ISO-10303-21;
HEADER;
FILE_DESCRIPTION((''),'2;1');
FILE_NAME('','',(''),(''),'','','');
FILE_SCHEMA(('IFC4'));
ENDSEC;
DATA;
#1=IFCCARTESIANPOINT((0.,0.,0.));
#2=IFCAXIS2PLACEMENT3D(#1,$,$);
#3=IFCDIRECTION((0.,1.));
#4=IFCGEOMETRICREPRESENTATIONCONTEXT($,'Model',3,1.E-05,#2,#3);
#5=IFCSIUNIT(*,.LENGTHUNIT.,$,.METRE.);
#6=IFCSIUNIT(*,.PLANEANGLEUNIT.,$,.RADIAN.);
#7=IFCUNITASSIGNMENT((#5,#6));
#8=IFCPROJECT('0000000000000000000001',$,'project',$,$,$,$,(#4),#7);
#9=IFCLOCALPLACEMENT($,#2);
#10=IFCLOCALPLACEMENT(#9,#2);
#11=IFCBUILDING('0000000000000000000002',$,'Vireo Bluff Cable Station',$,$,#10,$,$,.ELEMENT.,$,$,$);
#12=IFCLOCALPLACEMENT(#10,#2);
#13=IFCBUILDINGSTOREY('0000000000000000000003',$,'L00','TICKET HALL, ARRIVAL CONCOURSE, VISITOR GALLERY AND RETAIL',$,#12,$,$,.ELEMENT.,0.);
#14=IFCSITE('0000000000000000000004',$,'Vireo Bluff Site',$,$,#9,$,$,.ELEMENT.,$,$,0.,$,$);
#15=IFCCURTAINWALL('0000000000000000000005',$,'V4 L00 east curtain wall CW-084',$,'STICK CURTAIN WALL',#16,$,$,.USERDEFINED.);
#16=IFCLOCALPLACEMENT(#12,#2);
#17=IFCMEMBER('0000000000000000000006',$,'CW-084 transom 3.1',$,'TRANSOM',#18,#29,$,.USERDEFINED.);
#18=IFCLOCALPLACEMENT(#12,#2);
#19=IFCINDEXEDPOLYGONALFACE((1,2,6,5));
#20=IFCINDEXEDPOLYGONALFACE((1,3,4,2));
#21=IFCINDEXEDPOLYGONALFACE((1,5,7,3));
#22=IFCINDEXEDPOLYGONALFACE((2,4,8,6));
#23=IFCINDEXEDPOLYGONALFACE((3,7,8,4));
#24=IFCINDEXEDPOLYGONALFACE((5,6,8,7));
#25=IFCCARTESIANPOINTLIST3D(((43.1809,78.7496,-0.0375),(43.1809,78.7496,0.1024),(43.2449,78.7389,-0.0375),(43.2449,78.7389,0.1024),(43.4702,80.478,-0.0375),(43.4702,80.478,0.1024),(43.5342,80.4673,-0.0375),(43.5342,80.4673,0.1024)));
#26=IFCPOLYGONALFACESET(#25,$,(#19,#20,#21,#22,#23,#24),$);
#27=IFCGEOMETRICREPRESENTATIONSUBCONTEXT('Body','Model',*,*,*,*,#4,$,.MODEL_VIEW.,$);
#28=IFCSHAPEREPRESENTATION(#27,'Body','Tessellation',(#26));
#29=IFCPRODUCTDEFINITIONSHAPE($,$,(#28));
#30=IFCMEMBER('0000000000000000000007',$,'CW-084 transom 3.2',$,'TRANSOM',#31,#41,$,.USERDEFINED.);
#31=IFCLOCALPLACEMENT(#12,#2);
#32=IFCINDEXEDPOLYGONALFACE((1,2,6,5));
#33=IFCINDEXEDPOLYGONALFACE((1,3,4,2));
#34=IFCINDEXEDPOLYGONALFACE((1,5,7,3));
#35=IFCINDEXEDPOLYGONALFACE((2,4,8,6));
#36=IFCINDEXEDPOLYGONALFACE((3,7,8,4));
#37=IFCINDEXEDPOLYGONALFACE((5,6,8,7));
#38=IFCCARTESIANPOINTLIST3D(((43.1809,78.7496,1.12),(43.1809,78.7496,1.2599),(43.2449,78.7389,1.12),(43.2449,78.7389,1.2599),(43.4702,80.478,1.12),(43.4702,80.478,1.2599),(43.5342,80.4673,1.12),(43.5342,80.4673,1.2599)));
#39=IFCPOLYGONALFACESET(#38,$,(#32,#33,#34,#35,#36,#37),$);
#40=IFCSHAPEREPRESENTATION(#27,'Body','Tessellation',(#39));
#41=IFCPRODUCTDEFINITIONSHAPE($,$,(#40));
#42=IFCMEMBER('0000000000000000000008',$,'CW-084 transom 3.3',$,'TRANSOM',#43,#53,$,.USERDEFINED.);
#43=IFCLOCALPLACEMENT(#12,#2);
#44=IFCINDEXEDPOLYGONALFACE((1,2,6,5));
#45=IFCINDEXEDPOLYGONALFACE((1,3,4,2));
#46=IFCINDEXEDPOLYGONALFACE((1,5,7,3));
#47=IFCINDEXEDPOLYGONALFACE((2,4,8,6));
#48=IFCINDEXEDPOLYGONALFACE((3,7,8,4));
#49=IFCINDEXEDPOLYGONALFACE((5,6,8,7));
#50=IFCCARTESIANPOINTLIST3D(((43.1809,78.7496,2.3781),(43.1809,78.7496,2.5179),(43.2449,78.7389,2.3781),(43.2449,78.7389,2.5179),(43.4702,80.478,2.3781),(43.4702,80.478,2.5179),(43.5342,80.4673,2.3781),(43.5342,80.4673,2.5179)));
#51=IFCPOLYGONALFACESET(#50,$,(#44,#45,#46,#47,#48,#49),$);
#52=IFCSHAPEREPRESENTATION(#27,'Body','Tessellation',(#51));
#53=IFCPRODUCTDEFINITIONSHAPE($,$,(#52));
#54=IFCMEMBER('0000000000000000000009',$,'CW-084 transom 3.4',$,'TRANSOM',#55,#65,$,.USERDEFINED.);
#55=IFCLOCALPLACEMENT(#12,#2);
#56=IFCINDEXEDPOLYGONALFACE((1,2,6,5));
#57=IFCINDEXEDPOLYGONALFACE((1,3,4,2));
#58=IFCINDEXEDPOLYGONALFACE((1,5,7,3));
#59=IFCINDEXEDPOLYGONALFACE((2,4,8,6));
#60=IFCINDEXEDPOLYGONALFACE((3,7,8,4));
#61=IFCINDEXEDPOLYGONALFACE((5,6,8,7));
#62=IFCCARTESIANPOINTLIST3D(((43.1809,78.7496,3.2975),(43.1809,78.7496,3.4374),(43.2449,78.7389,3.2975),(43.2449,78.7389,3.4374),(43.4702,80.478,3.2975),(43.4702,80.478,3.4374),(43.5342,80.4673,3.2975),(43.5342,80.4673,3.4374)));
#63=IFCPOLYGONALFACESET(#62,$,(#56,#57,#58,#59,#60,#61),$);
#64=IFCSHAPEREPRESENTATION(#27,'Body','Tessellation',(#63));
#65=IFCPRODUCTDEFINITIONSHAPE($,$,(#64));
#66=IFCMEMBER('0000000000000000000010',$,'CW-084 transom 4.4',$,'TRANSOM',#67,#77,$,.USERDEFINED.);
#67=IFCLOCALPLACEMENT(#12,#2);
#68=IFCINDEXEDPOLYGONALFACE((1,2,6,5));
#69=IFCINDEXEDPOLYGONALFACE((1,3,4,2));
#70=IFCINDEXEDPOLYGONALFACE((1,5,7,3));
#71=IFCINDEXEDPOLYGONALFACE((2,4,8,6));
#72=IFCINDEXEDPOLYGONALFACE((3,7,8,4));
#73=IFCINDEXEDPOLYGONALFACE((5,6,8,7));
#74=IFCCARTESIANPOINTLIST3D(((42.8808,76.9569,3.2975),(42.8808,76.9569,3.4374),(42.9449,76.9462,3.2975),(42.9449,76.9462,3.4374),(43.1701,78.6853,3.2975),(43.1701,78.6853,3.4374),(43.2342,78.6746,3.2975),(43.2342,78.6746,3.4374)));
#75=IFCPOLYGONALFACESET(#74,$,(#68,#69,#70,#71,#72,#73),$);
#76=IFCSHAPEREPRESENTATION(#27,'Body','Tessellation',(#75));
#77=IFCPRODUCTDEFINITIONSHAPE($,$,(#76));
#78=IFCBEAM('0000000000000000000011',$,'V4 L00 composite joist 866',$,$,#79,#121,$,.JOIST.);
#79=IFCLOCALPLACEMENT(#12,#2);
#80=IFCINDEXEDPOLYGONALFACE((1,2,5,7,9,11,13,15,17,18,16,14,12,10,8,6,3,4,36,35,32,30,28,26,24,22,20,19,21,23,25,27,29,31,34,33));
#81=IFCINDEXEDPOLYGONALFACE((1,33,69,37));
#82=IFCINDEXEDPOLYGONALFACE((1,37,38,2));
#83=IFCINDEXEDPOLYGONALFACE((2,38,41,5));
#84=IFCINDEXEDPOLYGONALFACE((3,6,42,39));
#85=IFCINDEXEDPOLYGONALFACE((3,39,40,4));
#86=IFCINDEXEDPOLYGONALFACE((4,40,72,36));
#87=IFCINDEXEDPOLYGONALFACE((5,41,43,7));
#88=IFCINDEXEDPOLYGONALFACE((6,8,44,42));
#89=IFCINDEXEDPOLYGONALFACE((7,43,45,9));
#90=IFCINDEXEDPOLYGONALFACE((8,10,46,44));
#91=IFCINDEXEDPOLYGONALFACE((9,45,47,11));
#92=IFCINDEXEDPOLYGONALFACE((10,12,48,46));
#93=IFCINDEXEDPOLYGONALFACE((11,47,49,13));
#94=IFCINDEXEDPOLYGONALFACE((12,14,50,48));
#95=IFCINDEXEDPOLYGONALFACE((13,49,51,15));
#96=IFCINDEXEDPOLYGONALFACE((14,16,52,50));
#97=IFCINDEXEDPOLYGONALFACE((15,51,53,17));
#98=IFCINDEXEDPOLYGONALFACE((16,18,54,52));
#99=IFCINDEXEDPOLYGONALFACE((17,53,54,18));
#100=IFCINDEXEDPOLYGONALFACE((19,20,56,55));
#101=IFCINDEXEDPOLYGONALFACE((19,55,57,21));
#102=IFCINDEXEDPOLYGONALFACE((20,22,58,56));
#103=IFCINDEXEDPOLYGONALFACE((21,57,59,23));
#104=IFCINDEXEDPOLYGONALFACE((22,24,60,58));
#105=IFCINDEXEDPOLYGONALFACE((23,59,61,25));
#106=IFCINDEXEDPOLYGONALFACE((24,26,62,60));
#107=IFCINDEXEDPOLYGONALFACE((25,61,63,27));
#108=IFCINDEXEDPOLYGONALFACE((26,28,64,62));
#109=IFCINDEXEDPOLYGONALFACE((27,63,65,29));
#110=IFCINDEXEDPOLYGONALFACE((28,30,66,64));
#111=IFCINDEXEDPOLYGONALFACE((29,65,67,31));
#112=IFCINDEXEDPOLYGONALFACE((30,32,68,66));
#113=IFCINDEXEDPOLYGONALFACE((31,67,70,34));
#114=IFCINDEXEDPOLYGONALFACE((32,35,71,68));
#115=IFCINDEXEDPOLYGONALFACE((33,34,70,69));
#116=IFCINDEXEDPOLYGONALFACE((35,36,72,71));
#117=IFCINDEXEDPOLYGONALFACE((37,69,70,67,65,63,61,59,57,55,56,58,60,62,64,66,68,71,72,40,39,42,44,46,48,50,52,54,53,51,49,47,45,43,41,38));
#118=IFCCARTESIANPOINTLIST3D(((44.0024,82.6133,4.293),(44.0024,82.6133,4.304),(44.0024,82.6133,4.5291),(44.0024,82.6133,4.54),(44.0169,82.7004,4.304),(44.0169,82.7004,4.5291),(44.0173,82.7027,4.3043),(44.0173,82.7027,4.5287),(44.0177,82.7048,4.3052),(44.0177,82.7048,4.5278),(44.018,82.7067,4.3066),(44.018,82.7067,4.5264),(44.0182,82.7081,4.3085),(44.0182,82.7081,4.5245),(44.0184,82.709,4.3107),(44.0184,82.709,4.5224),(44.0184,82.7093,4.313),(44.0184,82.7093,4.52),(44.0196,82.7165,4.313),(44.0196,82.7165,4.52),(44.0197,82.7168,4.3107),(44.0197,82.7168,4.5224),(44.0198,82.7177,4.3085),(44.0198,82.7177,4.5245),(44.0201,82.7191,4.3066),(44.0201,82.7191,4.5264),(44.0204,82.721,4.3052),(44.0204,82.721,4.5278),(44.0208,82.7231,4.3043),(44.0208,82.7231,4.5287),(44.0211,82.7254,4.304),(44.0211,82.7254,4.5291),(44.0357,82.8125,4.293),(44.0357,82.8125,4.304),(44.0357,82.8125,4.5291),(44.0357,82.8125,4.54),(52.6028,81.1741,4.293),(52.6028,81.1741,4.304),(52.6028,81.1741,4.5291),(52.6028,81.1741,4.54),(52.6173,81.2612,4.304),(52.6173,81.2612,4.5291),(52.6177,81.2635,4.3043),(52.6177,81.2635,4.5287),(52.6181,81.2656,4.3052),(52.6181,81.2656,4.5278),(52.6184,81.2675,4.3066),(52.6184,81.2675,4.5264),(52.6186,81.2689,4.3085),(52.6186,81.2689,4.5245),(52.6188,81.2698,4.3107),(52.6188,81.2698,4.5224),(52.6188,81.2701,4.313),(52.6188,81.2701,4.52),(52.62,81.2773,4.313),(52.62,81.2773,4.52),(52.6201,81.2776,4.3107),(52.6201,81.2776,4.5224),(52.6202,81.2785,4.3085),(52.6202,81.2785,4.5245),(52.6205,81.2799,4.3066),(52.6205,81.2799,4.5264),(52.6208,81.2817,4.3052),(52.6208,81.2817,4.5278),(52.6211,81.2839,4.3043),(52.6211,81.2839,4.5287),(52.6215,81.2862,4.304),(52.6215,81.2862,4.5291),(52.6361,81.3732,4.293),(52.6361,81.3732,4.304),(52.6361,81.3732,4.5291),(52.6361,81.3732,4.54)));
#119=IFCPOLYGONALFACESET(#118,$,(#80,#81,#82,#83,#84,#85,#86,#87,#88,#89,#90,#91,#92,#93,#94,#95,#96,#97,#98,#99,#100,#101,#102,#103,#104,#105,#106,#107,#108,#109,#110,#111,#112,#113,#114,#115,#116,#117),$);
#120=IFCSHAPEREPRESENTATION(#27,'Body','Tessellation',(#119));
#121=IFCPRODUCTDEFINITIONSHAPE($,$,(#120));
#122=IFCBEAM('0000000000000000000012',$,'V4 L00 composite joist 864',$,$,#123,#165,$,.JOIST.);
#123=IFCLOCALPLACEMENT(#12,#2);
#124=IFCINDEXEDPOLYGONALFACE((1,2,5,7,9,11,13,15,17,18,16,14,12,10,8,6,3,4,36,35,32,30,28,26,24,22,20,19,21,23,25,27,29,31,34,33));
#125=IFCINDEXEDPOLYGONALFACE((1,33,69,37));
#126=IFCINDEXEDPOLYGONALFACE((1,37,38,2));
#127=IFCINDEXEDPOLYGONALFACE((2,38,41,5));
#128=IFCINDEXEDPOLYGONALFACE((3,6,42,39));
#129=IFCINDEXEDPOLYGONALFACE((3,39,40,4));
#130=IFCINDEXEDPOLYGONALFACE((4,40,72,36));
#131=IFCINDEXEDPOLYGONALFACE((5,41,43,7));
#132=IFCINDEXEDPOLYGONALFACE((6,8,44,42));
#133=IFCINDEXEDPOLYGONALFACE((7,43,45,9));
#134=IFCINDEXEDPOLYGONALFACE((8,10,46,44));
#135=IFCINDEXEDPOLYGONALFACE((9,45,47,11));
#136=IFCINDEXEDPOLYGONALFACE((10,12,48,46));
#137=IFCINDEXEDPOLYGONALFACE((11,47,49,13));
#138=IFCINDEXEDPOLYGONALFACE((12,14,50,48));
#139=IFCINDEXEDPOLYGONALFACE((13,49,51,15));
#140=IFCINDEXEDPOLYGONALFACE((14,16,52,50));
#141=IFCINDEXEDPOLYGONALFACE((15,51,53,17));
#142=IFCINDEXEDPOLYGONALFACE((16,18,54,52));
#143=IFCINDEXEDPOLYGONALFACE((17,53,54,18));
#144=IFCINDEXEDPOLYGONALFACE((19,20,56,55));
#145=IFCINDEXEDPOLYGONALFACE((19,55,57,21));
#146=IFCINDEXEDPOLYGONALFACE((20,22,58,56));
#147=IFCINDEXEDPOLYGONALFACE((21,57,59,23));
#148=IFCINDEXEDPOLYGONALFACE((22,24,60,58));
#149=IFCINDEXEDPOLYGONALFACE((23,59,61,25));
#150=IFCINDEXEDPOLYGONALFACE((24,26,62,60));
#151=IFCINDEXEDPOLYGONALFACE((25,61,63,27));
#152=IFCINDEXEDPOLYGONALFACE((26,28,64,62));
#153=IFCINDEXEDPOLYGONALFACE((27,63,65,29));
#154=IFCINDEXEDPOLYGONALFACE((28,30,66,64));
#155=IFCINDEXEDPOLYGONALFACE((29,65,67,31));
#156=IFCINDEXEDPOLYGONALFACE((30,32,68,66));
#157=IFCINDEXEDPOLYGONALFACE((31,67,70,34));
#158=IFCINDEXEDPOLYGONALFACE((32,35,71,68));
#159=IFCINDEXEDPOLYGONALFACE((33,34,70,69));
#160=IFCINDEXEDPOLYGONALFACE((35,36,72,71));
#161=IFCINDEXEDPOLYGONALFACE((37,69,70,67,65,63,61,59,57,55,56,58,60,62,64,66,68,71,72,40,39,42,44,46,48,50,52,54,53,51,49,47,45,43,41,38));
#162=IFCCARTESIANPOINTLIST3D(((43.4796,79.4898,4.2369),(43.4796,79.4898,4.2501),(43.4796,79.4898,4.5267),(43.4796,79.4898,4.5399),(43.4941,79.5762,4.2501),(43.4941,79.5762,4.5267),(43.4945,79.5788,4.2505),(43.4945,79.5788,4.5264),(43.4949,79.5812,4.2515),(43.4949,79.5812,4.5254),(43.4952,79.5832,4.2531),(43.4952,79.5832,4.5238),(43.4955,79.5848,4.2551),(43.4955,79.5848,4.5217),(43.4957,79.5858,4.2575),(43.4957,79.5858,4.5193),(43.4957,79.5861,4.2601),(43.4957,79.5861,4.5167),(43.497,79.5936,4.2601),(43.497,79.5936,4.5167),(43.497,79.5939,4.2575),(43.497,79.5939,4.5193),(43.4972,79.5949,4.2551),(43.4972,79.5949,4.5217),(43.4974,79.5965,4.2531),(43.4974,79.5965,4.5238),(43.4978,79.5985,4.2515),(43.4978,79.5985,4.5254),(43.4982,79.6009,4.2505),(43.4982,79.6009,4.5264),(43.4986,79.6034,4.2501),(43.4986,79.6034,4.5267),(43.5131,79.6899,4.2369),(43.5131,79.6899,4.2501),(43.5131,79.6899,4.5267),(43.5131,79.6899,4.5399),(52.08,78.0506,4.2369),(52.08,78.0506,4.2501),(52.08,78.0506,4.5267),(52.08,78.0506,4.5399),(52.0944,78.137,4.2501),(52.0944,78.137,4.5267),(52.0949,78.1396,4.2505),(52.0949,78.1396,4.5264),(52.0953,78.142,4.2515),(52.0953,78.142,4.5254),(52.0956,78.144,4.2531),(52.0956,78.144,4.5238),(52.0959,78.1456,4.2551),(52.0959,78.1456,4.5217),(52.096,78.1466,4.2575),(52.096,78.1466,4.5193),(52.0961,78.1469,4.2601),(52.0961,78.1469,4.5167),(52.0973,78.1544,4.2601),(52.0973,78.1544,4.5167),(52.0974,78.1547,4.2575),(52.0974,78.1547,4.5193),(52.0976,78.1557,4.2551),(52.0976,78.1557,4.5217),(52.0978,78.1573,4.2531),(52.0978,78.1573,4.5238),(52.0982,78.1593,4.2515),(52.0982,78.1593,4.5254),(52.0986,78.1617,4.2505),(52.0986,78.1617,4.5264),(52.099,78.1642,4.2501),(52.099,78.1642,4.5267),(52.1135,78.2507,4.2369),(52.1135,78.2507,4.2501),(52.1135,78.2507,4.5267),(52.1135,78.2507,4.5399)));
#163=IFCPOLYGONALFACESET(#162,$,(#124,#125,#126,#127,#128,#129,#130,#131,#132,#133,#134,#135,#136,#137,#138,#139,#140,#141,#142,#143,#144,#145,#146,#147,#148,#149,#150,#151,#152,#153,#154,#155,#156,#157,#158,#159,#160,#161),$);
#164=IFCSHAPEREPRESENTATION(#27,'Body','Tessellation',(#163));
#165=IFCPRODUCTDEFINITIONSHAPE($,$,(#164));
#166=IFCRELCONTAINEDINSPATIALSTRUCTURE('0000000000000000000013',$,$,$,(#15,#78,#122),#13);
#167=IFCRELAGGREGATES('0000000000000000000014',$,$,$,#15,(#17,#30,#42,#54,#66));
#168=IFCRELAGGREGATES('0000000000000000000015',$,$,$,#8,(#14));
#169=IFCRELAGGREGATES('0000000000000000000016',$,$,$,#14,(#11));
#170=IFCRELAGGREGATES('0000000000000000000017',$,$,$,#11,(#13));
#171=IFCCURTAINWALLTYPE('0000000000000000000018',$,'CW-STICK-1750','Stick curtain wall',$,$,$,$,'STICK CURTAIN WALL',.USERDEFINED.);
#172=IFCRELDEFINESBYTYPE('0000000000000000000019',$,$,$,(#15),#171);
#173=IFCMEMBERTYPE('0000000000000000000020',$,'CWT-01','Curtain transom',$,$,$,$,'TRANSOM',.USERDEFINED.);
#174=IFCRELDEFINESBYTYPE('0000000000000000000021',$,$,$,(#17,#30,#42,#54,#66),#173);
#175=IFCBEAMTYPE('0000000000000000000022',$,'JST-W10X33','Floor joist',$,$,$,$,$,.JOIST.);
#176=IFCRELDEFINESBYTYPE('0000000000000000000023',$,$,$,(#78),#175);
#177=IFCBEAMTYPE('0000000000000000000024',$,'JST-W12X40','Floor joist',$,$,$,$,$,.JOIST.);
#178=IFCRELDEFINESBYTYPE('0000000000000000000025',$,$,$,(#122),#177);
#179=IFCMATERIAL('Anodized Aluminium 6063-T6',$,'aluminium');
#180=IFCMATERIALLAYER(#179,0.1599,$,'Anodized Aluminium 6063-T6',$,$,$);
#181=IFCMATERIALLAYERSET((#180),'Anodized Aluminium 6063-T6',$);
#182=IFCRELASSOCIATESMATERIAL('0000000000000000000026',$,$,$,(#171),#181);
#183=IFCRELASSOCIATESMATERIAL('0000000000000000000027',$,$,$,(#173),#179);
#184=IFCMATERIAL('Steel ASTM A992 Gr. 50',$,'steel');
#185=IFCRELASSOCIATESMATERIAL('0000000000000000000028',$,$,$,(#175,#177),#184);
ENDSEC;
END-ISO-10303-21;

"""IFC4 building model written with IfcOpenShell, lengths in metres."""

from ifc_helpers import new_model, si_unit, direction, frame, origin, origin_2d, place, context, subcontext, project, spatial, rectangle, i_section, extrude, material, layer, layer_set, material_profile, profile_set, type_object, element, aggregate, save


model = new_model("IFC4")

# Units and contexts
model_context = context("Model", 3, precision=1e-05, world=origin(), true_north=direction((0.0, 1.0)))
body_context = subcontext(model_context, "Body", "Model", "MODEL_VIEW")
ifc_project = project(units=[si_unit("LENGTHUNIT", "METRE"), si_unit("PLANEANGLEUNIT", "RADIAN")], contexts=[model_context])

# Site, building, storey
site_placement = place(None, origin())
site = spatial("IfcSite", under=ifc_project, at=site_placement, Name="Vireo Bluff Site", CompositionType="ELEMENT", RefElevation=0.0)
building_placement = place(site_placement, origin())
building = spatial("IfcBuilding", under=site, at=building_placement, Name="Vireo Bluff Cable Station", CompositionType="ELEMENT")
storey_placement = place(building_placement, origin())
storey = spatial("IfcBuildingStorey", under=building, at=storey_placement, Name="L00", Description="TICKET HALL, ARRIVAL CONCOURSE, VISITOR GALLERY AND RETAIL", CompositionType="ELEMENT", Elevation=0.0)

# Shared definitions
ifc_material_1 = material(Name="Steel ASTM A992 Gr. 50", Category="steel")

# Curtain wall, members
ifc_material_2 = material(Name="Anodized Aluminium 6063-T6", Category="aluminium")
ifc_layer_1 = layer(ifc_material_2, 0.1599, Name="Anodized Aluminium 6063-T6")
ifc_layer_set_1 = layer_set([ifc_layer_1], Name="Anodized Aluminium 6063-T6")
curtain_wall_type = type_object("IfcCurtainWallType", Name="CW-STICK-1750", Description="Stick curtain wall", ElementType="STICK CURTAIN WALL", PredefinedType="USERDEFINED", material=ifc_layer_set_1)
curtain_wall_placement = place(storey_placement, origin())
curtain_wall = element("IfcCurtainWall", 1, at=curtain_wall_placement, inside=storey, type_object=curtain_wall_type, Name="V4 L00 east curtain wall CW-084", ObjectType="STICK CURTAIN WALL", PredefinedType="USERDEFINED")
ifc_material_profile_1 = material_profile(ifc_material_2, rectangle(XDim=0.0649, YDim=0.1399, at=origin_2d()), Name="ALU-T-65X140")
ifc_profile_set_1 = profile_set([ifc_material_profile_1], Name="Anodized Aluminium 6063-T6")
member_type_1 = type_object("IfcMemberType", Name="CWT-01", Description="Curtain transom", ElementType="TRANSOM", PredefinedType="USERDEFINED", material=ifc_profile_set_1)
member_1_placement = place(storey_placement, frame((43.5022, 80.4727, 0.0325), z_axis=(-0.165077, -0.986281, 0.0), x_axis=(0.986281, -0.165077, 0.0)))
member_1 = element("IfcMember", 2, at=member_1_placement, type_object=member_type_1, Name="CW-084 transom 3.1", ObjectType="TRANSOM", PredefinedType="USERDEFINED", context=body_context, shape_type="SweptSolid", body=[
    extrude(rectangle(XDim=0.0649, YDim=0.1399, at=origin_2d()), origin(), (0.0, 0.0, 1.0), 1.7524),
])
member_2_placement = place(storey_placement, frame((43.5022, 80.4727, 1.1899), z_axis=(-0.165077, -0.986281, 0.0), x_axis=(0.986281, -0.165077, 0.0)))
member_2 = element("IfcMember", 3, at=member_2_placement, type_object=member_type_1, Name="CW-084 transom 3.2", ObjectType="TRANSOM", PredefinedType="USERDEFINED", context=body_context, shape_type="SweptSolid", body=[
    extrude(rectangle(XDim=0.0649, YDim=0.1399, at=origin_2d()), origin(), (0.0, 0.0, 1.0), 1.7524),
])
member_3_placement = place(storey_placement, frame((43.5022, 80.4727, 2.448), z_axis=(-0.165077, -0.986281, 0.0), x_axis=(0.986281, -0.165077, 0.0)))
member_3 = element("IfcMember", 4, at=member_3_placement, type_object=member_type_1, Name="CW-084 transom 3.3", ObjectType="TRANSOM", PredefinedType="USERDEFINED", context=body_context, shape_type="SweptSolid", body=[
    extrude(rectangle(XDim=0.0649, YDim=0.1399, at=origin_2d()), origin(), (0.0, 0.0, 1.0), 1.7524),
])
member_4_placement = place(storey_placement, frame((43.5022, 80.4727, 3.3674), z_axis=(-0.165077, -0.986281, 0.0), x_axis=(0.986281, -0.165077, 0.0)))
member_4 = element("IfcMember", 5, at=member_4_placement, type_object=member_type_1, Name="CW-084 transom 3.4", ObjectType="TRANSOM", PredefinedType="USERDEFINED", context=body_context, shape_type="SweptSolid", body=[
    extrude(rectangle(XDim=0.0649, YDim=0.1399, at=origin_2d()), origin(), (0.0, 0.0, 1.0), 1.7524),
])
member_5_placement = place(storey_placement, frame((43.2021, 78.6799, 3.3674), z_axis=(-0.165077, -0.986281, 0.0), x_axis=(0.986281, -0.165077, 0.0)))
member_5 = element("IfcMember", 6, at=member_5_placement, type_object=member_type_1, Name="CW-084 transom 4.4", ObjectType="TRANSOM", PredefinedType="USERDEFINED", context=body_context, shape_type="SweptSolid", body=[
    extrude(rectangle(XDim=0.0649, YDim=0.1399, at=origin_2d()), origin(), (0.0, 0.0, 1.0), 1.7524),
])

# Beams
ifc_material_profile_2 = material_profile(ifc_material_1, i_section(OverallWidth=0.2019, OverallDepth=0.2471, WebThickness=0.0073, FlangeThickness=0.011, FilletRadius=0.009, at=origin_2d()), Name="W10X33")
ifc_profile_set_2 = profile_set([ifc_material_profile_2], Name="Steel ASTM A992 Gr. 50")
beam_type_1 = type_object("IfcBeamType", Name="JST-W10X33", Description="Floor joist", PredefinedType="JOIST", material=ifc_profile_set_2)
beam_1_placement = place(storey_placement, frame((44.019, 82.7129, 4.4165), z_axis=(0.986286, -0.165048, 0.0), x_axis=(0.165048, 0.986286, 0.0)))
element("IfcBeam", 7, at=beam_1_placement, inside=storey, type_object=beam_type_1, Name="V4 L00 composite joist 866", PredefinedType="JOIST", context=body_context, shape_type="SweptSolid", body=[
    extrude(i_section(OverallWidth=0.2019, OverallDepth=0.2471, WebThickness=0.0073, FlangeThickness=0.011, FilletRadius=0.009, at=origin_2d()), origin(), (0.0, 0.0, 1.0), 8.72),
])
ifc_material_profile_3 = material_profile(ifc_material_1, i_section(OverallWidth=0.2029, OverallDepth=0.303, WebThickness=0.0076, FlangeThickness=0.0132, FilletRadius=0.01, at=origin_2d()), Name="W12X40")
ifc_profile_set_3 = profile_set([ifc_material_profile_3], Name="Steel ASTM A992 Gr. 50")
beam_type_2 = type_object("IfcBeamType", Name="JST-W12X40", Description="Floor joist", PredefinedType="JOIST", material=ifc_profile_set_3)
beam_2_placement = place(storey_placement, frame((43.4963, 79.5898, 4.3884), z_axis=(0.986286, -0.165048, 0.0), x_axis=(0.165048, 0.986286, 0.0)))
element("IfcBeam", 8, at=beam_2_placement, inside=storey, type_object=beam_type_2, Name="V4 L00 composite joist 864", PredefinedType="JOIST", context=body_context, shape_type="SweptSolid", body=[
    extrude(i_section(OverallWidth=0.2029, OverallDepth=0.303, WebThickness=0.0076, FlangeThickness=0.0132, FilletRadius=0.01, at=origin_2d()), origin(), (0.0, 0.0, 1.0), 8.72),
])

aggregate(curtain_wall, [member_1, member_2, member_3, member_4, member_5])

save(model, "model.ifc")
